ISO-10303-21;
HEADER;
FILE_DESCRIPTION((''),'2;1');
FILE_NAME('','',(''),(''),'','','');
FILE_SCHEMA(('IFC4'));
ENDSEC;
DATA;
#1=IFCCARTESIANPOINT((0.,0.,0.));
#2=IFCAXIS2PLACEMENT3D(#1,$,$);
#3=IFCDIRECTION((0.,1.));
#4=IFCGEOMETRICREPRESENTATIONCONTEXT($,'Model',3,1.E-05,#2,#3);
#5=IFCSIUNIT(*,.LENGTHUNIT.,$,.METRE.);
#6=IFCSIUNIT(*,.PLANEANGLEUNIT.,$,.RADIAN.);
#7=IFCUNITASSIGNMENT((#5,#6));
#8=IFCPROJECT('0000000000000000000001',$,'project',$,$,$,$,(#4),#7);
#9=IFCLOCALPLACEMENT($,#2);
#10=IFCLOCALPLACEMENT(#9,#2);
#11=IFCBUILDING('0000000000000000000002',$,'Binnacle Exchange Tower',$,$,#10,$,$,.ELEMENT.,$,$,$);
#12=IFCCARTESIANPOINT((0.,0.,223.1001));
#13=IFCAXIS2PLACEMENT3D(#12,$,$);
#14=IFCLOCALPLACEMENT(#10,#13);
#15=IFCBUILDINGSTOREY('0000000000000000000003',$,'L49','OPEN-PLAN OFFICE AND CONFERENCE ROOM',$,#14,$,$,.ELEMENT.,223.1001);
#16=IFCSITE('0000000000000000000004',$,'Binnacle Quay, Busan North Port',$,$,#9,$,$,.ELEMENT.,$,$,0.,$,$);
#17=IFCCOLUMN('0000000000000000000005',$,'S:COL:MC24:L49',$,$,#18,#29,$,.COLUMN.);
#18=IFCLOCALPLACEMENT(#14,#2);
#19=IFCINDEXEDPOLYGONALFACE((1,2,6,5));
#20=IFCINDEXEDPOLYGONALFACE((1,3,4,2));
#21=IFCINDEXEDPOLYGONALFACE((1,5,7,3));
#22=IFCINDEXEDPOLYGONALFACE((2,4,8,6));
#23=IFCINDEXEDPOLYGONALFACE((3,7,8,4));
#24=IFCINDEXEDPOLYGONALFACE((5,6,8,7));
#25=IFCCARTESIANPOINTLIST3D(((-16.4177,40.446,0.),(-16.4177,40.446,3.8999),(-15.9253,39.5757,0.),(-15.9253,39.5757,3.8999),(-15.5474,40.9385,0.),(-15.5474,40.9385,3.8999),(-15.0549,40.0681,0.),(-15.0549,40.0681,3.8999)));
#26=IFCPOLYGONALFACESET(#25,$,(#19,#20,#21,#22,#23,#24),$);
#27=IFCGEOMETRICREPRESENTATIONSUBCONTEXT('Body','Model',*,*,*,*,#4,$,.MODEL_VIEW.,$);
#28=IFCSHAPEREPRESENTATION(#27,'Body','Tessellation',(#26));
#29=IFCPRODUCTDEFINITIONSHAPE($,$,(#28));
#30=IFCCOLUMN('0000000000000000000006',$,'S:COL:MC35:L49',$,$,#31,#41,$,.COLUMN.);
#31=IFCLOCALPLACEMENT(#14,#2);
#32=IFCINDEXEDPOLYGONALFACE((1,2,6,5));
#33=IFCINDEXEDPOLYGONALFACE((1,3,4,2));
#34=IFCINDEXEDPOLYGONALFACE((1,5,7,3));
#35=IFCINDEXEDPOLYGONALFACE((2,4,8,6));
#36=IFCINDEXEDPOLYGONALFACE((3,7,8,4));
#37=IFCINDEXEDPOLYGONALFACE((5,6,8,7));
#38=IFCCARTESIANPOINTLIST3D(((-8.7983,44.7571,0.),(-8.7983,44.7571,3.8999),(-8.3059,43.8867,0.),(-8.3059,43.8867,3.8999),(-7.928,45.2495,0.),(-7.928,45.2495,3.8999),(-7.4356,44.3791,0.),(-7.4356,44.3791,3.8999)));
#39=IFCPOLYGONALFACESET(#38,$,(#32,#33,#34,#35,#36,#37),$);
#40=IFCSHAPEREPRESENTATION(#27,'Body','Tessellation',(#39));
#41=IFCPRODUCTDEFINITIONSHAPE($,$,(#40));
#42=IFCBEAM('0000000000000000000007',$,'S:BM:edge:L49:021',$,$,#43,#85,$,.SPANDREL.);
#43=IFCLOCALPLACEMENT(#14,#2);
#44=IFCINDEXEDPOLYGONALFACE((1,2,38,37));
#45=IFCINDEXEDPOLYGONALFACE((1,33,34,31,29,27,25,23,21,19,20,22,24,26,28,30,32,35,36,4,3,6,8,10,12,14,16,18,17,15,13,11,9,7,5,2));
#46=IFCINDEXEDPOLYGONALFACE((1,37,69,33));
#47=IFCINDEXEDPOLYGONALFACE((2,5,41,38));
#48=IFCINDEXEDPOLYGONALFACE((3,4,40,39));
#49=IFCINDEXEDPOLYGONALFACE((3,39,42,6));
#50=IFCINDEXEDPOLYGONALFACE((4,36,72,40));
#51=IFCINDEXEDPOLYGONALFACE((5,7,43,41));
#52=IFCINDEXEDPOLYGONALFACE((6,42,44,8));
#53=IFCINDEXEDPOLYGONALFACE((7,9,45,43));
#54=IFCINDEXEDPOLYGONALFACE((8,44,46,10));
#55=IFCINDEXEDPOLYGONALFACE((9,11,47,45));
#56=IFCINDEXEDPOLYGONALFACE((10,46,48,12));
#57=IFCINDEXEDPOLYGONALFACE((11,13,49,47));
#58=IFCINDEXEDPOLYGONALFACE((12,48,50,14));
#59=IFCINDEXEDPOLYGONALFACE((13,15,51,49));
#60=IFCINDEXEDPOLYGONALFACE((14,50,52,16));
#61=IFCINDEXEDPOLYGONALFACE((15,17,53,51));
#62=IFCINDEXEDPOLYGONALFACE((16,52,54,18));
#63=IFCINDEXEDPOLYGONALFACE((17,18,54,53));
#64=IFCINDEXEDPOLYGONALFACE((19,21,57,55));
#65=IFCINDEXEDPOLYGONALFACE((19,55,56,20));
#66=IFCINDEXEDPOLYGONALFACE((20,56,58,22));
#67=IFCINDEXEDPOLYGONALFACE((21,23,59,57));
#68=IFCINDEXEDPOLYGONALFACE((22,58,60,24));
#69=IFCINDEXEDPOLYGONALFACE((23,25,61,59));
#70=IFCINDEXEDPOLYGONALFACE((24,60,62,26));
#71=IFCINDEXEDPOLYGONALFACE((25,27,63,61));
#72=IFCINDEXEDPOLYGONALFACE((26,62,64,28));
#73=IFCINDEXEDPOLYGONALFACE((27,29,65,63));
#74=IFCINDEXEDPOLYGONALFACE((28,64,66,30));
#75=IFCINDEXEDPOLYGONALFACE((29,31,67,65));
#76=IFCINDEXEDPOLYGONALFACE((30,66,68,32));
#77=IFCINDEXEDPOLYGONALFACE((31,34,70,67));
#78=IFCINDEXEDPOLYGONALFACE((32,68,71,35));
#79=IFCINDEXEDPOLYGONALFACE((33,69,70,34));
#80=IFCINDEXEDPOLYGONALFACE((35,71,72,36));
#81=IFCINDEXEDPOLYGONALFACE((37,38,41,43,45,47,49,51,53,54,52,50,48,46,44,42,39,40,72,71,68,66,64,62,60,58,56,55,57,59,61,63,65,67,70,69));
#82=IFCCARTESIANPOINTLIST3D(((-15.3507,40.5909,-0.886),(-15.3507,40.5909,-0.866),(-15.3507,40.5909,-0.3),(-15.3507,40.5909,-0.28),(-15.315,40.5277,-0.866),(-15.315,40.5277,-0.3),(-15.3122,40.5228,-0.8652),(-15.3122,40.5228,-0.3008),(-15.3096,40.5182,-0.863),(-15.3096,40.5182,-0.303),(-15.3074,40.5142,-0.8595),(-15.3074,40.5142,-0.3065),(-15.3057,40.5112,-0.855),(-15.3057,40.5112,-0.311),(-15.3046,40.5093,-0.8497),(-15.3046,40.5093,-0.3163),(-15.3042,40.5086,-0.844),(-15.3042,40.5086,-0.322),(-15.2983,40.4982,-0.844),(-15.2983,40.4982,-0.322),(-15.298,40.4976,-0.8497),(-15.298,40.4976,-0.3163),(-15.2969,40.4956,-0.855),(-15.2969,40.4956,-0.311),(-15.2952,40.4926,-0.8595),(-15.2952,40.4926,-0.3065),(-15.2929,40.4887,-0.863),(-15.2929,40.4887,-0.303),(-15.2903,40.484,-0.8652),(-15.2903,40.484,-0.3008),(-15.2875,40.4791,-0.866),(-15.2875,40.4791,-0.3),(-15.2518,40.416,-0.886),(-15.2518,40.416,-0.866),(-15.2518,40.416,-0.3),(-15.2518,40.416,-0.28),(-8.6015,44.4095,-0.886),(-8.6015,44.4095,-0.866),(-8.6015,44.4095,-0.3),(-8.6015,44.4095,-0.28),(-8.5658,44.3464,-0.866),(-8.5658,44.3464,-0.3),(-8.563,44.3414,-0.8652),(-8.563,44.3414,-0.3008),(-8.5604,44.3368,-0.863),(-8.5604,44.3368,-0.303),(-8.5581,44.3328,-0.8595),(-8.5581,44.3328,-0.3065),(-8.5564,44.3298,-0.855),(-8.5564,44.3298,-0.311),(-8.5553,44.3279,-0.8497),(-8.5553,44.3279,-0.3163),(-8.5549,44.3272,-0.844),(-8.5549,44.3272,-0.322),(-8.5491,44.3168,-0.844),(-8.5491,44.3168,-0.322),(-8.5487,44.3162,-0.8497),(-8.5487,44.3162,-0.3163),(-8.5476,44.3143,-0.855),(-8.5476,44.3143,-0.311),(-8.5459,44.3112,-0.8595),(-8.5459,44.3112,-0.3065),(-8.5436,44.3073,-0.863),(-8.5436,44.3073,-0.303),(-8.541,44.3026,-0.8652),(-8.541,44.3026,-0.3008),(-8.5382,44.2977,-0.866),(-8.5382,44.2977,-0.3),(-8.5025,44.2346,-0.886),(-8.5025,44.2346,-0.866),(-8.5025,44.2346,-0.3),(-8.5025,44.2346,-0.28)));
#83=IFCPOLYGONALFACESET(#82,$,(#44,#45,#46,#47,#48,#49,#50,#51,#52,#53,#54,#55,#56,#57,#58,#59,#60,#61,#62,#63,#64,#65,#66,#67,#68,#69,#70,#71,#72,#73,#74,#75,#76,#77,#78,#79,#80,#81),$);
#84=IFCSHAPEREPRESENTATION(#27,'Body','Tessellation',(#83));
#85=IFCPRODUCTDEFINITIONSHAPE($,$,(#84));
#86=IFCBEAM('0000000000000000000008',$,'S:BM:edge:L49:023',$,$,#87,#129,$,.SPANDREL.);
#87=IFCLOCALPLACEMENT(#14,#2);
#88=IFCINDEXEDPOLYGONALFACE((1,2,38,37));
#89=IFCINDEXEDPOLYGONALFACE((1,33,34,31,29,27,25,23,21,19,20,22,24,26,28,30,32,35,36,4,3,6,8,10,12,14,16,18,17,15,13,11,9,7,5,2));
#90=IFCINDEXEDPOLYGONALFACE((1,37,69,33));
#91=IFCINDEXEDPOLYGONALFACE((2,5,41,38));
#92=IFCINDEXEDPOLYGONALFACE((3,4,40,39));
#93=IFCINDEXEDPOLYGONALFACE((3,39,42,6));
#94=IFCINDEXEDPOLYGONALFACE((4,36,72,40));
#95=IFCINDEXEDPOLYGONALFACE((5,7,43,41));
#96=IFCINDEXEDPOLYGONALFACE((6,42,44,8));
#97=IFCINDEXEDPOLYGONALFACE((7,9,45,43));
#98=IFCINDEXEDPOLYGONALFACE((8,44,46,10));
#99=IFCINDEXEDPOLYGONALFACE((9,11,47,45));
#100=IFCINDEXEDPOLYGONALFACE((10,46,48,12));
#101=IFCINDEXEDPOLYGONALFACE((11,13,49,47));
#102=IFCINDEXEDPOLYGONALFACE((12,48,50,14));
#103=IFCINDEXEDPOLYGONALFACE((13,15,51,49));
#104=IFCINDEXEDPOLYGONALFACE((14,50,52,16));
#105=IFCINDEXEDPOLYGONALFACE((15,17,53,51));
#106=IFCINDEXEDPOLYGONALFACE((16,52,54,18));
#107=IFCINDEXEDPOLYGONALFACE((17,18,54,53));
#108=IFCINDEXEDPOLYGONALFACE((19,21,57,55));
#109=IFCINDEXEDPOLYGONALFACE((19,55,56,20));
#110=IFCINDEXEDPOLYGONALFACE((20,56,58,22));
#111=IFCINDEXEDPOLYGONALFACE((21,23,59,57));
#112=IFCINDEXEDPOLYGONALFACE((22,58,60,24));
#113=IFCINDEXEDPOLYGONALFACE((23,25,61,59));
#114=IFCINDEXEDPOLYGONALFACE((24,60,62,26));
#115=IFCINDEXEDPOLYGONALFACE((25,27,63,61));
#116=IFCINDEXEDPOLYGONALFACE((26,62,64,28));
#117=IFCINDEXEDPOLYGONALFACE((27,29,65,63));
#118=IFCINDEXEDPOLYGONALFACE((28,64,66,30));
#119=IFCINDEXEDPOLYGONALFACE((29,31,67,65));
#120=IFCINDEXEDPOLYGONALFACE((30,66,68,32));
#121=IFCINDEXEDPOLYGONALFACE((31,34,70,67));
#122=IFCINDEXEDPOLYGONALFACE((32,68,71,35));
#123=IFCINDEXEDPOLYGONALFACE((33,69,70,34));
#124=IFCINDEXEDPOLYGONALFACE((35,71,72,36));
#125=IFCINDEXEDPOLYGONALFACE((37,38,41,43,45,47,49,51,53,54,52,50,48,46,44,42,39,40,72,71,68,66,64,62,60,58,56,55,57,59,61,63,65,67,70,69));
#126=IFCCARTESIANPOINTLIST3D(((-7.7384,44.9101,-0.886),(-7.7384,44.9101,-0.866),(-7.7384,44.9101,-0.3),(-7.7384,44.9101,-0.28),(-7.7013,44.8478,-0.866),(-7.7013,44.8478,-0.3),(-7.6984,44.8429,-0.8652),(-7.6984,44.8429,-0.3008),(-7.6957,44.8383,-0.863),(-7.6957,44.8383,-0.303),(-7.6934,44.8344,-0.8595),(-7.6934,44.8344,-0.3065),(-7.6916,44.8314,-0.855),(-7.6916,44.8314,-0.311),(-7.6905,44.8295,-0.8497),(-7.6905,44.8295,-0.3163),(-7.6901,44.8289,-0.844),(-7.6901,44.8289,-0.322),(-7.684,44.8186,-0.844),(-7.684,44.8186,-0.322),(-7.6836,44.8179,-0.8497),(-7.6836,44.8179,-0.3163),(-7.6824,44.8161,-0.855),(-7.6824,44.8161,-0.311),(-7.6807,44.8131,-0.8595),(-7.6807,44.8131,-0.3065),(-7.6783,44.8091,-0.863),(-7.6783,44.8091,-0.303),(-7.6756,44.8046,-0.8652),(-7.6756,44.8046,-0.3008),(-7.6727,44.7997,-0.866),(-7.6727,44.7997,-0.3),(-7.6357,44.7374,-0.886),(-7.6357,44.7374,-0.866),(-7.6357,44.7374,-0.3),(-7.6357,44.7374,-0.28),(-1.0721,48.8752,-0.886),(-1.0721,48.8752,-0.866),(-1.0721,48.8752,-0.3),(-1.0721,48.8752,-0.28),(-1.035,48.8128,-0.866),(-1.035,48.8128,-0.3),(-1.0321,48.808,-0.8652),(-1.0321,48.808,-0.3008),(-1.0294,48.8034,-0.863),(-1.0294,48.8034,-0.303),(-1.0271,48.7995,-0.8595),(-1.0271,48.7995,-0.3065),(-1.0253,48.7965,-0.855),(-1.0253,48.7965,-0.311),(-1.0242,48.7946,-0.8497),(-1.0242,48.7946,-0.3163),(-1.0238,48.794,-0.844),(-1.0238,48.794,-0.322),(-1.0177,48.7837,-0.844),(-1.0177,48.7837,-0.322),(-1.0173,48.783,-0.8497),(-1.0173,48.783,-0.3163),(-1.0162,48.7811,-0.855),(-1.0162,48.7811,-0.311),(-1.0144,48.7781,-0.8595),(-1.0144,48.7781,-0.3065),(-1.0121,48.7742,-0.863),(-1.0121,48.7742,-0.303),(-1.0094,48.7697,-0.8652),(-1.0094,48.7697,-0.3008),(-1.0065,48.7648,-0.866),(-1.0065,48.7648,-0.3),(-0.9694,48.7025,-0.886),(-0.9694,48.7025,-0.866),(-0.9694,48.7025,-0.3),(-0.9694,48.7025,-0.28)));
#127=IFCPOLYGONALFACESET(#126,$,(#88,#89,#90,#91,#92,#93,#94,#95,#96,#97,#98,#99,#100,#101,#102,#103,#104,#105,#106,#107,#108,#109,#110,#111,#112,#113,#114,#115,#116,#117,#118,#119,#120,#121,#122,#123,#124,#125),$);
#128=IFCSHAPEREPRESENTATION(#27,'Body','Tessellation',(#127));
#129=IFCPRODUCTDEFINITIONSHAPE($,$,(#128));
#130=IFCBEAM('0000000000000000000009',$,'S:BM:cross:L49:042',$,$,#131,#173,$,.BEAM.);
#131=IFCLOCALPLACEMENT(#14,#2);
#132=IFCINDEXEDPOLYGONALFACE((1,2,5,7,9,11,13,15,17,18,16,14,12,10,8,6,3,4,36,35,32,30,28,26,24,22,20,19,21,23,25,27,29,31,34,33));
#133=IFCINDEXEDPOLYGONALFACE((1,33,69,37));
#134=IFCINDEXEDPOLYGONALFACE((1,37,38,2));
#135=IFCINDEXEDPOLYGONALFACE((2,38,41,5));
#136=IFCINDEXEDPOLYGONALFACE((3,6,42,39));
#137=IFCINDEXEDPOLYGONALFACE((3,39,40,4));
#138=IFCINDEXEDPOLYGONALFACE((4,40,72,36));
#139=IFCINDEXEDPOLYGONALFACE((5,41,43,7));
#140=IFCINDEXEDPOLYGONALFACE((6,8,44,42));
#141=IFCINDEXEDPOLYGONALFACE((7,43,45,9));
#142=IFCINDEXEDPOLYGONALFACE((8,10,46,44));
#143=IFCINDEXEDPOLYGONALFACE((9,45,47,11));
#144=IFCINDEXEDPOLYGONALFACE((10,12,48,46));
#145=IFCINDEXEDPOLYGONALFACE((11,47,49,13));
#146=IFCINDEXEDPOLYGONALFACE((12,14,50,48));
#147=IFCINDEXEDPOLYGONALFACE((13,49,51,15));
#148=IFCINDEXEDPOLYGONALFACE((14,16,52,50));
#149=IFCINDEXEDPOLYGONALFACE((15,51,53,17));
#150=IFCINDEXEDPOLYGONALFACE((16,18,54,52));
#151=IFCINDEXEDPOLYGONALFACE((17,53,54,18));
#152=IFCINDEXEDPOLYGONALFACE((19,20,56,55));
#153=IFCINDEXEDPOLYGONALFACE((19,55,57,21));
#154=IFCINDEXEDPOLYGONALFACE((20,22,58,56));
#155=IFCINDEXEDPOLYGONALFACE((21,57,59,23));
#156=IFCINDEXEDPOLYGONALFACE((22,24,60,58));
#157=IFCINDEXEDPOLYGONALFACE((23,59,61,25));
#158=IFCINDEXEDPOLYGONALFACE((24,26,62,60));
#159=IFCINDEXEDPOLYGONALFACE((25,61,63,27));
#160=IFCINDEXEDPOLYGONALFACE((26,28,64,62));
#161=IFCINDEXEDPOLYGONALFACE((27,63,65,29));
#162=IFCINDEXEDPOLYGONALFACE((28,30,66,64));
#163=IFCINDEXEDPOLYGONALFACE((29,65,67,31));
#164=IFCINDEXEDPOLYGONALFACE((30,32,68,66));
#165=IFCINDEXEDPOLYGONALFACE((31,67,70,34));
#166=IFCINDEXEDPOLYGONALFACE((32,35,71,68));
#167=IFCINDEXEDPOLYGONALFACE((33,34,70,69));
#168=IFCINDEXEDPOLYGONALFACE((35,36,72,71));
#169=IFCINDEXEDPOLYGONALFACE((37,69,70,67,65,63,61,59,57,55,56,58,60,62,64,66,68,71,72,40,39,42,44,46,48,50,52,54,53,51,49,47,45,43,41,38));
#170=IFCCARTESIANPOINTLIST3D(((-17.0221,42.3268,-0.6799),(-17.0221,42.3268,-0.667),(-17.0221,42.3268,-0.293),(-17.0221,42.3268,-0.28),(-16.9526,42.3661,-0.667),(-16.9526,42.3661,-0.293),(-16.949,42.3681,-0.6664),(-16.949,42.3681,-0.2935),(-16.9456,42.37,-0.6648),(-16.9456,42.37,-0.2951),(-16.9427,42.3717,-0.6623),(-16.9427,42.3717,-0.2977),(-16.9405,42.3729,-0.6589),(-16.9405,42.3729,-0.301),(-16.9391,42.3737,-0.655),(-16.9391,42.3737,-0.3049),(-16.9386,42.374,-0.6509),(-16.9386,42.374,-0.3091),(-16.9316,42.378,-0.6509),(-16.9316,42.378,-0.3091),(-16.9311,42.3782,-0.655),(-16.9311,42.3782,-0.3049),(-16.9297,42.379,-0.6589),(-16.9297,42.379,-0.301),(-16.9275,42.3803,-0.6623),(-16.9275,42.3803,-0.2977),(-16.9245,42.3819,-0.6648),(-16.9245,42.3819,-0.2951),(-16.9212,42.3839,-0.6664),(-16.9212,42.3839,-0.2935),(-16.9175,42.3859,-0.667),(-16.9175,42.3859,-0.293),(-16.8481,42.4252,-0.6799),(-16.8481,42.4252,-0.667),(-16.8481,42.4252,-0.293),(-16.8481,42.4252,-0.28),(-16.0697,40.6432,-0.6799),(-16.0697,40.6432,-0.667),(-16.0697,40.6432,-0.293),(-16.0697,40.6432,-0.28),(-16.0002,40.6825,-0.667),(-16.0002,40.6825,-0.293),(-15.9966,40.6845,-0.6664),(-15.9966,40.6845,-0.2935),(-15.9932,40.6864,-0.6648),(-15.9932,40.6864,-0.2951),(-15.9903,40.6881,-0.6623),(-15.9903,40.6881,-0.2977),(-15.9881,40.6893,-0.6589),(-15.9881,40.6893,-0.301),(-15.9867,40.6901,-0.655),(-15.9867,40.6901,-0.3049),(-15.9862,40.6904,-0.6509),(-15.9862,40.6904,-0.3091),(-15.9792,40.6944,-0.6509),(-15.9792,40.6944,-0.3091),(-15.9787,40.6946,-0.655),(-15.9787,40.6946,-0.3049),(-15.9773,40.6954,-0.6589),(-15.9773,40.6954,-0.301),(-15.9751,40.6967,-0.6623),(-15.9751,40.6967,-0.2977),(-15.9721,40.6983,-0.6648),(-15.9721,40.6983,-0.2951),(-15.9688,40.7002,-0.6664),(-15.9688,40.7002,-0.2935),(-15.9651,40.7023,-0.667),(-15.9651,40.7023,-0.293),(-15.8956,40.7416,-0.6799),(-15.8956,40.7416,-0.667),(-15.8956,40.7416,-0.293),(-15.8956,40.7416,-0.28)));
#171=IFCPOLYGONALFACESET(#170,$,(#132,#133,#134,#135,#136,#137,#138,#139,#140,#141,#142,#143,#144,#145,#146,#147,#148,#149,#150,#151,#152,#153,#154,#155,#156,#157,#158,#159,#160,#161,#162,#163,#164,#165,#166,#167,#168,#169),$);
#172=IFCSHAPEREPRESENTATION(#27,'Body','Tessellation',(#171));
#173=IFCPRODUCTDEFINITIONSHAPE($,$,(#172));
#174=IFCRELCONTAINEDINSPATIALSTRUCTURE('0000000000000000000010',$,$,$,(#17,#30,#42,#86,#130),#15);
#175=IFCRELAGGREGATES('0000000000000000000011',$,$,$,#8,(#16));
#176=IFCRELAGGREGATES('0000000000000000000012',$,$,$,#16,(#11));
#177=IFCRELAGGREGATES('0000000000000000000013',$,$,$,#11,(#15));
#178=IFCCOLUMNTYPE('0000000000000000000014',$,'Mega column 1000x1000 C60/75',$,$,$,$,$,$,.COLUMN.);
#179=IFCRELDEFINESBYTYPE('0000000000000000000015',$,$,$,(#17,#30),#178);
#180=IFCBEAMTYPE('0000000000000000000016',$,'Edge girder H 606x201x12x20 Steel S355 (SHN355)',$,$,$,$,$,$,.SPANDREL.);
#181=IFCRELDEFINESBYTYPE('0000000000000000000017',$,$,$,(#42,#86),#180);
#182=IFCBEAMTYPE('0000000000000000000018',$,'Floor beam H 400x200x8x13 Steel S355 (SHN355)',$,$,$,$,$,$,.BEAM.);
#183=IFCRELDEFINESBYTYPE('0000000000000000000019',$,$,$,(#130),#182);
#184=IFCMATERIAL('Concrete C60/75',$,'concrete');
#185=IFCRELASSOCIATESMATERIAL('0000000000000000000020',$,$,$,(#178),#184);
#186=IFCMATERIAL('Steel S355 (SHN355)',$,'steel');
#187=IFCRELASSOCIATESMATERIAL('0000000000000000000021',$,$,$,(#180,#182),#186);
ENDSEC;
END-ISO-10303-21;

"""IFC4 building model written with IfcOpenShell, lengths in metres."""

from ifc_helpers import new_model, si_unit, direction, frame, origin, origin_2d, place, context, subcontext, project, spatial, rectangle, i_section, extrude, material, material_profile, profile_set, type_object, element, save


model = new_model("IFC4")

# Units and contexts
model_context = context("Model", 3, precision=1e-05, world=origin(), true_north=direction((0.0, 1.0)))
body_context = subcontext(model_context, "Body", "Model", "MODEL_VIEW")
ifc_project = project(units=[si_unit("LENGTHUNIT", "METRE"), si_unit("PLANEANGLEUNIT", "RADIAN")], contexts=[model_context])

# Site, building, storey
site_placement = place(None, origin())
site = spatial("IfcSite", under=ifc_project, at=site_placement, Name="Binnacle Quay, Busan North Port", CompositionType="ELEMENT", RefElevation=0.0)
building_placement = place(site_placement, origin())
building = spatial("IfcBuilding", under=site, at=building_placement, Name="Binnacle Exchange Tower", CompositionType="ELEMENT")
storey_placement = place(building_placement, frame((0.0, 0.0, 223.1001)))
storey = spatial("IfcBuildingStorey", under=building, at=storey_placement, Name="L49", Description="OPEN-PLAN OFFICE AND CONFERENCE ROOM", CompositionType="ELEMENT", Elevation=223.1001)

# Columns
ifc_material_1 = material(Name="Concrete C60/75", Category="concrete")
ifc_material_profile_1 = material_profile(ifc_material_1, rectangle(XDim=1.0, YDim=1.0, at=origin_2d()), Name="Mega column 1000x1000 C60/75")
ifc_profile_set_1 = profile_set([ifc_material_profile_1], Name="Concrete C60/75")
column_type = type_object("IfcColumnType", Name="Mega column 1000x1000 C60/75", PredefinedType="COLUMN", material=ifc_profile_set_1)
for number, where, z_axis, x_axis, name in (
    (1, (-15.7363, 40.2571, 0.0), (0.0, 0.0, 1.0), (0.870356, 0.492424, 0.0), "S:COL:MC24:L49"),
    (2, (-8.1169, 44.5681, 0.0), (0.0, 0.0, 1.0), (0.870356, 0.492424, 0.0), "S:COL:MC35:L49"),
):
    element("IfcColumn", number, at=place(storey_placement, frame(where, z_axis=z_axis, x_axis=x_axis)), inside=storey, type_object=column_type, Name=name, PredefinedType="COLUMN", context=body_context, shape_type="SweptSolid", body=[
        extrude(rectangle(XDim=1.0, YDim=1.0, at=origin_2d()), origin(), (0.0, 0.0, 1.0), 3.8999),
    ])

# Beams
ifc_material_2 = material(Name="Steel S355 (SHN355)", Category="steel")
ifc_material_profile_2 = material_profile(ifc_material_2, i_section(OverallWidth=0.2009, OverallDepth=0.606, WebThickness=0.012, FlangeThickness=0.02, FilletRadius=0.022, at=origin_2d()), Name="H 606x201x12x20")
ifc_profile_set_2 = profile_set([ifc_material_profile_2], Name="Steel S355 (SHN355)")
beam_type_1 = type_object("IfcBeamType", Name="Edge girder H 606x201x12x20 Steel S355 (SHN355)", PredefinedType="SPANDREL", material=ifc_profile_set_2)
beam_1_placement = place(storey_placement, frame((-15.3013, 40.5034, -0.583), z_axis=(0.870353, 0.492429, 0.0), x_axis=(-0.492429, 0.870353, 0.0)))
element("IfcBeam", 3, at=beam_1_placement, inside=storey, type_object=beam_type_1, Name="S:BM:edge:L49:021", PredefinedType="SPANDREL", context=body_context, shape_type="SweptSolid", body=[
    extrude(i_section(OverallWidth=0.2009, OverallDepth=0.606, WebThickness=0.012, FlangeThickness=0.02, FilletRadius=0.022, at=origin_2d()), origin(), (0.0, 0.0, 1.0), 7.7546),
])
beam_2_placement = place(storey_placement, frame((-7.687, 44.8237, -0.583), z_axis=(0.859459, 0.511205, 0.0), x_axis=(-0.511205, 0.859459, 0.0)))
element("IfcBeam", 4, at=beam_2_placement, inside=storey, type_object=beam_type_1, Name="S:BM:edge:L49:023", PredefinedType="SPANDREL", context=body_context, shape_type="SweptSolid", body=[
    extrude(i_section(OverallWidth=0.2009, OverallDepth=0.606, WebThickness=0.012, FlangeThickness=0.02, FilletRadius=0.022, at=origin_2d()), origin(), (0.0, 0.0, 1.0), 7.7563),
])
ifc_material_profile_3 = material_profile(ifc_material_2, i_section(OverallWidth=0.2, OverallDepth=0.3999, WebThickness=0.0081, FlangeThickness=0.0129, FilletRadius=0.0161, at=origin_2d()), Name="H 400x200x8x13")
ifc_profile_set_3 = profile_set([ifc_material_profile_3], Name="Steel S355 (SHN355)")
beam_type_2 = type_object("IfcBeamType", Name="Floor beam H 400x200x8x13 Steel S355 (SHN355)", PredefinedType="BEAM", material=ifc_profile_set_3)
for number, where, z_axis, x_axis, name in (
    (5, (-15.9827, 40.6924, -0.48), (-0.492369, 0.870386, 0.0), (-0.870386, -0.492369, 0.0), "S:BM:cross:L49:042"),
):
    element("IfcBeam", number, at=place(storey_placement, frame(where, z_axis=z_axis, x_axis=x_axis)), inside=storey, type_object=beam_type_2, Name=name, PredefinedType="BEAM", context=body_context, shape_type="SweptSolid", body=[
        extrude(i_section(OverallWidth=0.2, OverallDepth=0.3999, WebThickness=0.0081, FlangeThickness=0.0129, FilletRadius=0.0161, at=origin_2d()), origin(), (0.0, 0.0, 1.0), 1.9343),
    ])

save(model, "model.ifc")
